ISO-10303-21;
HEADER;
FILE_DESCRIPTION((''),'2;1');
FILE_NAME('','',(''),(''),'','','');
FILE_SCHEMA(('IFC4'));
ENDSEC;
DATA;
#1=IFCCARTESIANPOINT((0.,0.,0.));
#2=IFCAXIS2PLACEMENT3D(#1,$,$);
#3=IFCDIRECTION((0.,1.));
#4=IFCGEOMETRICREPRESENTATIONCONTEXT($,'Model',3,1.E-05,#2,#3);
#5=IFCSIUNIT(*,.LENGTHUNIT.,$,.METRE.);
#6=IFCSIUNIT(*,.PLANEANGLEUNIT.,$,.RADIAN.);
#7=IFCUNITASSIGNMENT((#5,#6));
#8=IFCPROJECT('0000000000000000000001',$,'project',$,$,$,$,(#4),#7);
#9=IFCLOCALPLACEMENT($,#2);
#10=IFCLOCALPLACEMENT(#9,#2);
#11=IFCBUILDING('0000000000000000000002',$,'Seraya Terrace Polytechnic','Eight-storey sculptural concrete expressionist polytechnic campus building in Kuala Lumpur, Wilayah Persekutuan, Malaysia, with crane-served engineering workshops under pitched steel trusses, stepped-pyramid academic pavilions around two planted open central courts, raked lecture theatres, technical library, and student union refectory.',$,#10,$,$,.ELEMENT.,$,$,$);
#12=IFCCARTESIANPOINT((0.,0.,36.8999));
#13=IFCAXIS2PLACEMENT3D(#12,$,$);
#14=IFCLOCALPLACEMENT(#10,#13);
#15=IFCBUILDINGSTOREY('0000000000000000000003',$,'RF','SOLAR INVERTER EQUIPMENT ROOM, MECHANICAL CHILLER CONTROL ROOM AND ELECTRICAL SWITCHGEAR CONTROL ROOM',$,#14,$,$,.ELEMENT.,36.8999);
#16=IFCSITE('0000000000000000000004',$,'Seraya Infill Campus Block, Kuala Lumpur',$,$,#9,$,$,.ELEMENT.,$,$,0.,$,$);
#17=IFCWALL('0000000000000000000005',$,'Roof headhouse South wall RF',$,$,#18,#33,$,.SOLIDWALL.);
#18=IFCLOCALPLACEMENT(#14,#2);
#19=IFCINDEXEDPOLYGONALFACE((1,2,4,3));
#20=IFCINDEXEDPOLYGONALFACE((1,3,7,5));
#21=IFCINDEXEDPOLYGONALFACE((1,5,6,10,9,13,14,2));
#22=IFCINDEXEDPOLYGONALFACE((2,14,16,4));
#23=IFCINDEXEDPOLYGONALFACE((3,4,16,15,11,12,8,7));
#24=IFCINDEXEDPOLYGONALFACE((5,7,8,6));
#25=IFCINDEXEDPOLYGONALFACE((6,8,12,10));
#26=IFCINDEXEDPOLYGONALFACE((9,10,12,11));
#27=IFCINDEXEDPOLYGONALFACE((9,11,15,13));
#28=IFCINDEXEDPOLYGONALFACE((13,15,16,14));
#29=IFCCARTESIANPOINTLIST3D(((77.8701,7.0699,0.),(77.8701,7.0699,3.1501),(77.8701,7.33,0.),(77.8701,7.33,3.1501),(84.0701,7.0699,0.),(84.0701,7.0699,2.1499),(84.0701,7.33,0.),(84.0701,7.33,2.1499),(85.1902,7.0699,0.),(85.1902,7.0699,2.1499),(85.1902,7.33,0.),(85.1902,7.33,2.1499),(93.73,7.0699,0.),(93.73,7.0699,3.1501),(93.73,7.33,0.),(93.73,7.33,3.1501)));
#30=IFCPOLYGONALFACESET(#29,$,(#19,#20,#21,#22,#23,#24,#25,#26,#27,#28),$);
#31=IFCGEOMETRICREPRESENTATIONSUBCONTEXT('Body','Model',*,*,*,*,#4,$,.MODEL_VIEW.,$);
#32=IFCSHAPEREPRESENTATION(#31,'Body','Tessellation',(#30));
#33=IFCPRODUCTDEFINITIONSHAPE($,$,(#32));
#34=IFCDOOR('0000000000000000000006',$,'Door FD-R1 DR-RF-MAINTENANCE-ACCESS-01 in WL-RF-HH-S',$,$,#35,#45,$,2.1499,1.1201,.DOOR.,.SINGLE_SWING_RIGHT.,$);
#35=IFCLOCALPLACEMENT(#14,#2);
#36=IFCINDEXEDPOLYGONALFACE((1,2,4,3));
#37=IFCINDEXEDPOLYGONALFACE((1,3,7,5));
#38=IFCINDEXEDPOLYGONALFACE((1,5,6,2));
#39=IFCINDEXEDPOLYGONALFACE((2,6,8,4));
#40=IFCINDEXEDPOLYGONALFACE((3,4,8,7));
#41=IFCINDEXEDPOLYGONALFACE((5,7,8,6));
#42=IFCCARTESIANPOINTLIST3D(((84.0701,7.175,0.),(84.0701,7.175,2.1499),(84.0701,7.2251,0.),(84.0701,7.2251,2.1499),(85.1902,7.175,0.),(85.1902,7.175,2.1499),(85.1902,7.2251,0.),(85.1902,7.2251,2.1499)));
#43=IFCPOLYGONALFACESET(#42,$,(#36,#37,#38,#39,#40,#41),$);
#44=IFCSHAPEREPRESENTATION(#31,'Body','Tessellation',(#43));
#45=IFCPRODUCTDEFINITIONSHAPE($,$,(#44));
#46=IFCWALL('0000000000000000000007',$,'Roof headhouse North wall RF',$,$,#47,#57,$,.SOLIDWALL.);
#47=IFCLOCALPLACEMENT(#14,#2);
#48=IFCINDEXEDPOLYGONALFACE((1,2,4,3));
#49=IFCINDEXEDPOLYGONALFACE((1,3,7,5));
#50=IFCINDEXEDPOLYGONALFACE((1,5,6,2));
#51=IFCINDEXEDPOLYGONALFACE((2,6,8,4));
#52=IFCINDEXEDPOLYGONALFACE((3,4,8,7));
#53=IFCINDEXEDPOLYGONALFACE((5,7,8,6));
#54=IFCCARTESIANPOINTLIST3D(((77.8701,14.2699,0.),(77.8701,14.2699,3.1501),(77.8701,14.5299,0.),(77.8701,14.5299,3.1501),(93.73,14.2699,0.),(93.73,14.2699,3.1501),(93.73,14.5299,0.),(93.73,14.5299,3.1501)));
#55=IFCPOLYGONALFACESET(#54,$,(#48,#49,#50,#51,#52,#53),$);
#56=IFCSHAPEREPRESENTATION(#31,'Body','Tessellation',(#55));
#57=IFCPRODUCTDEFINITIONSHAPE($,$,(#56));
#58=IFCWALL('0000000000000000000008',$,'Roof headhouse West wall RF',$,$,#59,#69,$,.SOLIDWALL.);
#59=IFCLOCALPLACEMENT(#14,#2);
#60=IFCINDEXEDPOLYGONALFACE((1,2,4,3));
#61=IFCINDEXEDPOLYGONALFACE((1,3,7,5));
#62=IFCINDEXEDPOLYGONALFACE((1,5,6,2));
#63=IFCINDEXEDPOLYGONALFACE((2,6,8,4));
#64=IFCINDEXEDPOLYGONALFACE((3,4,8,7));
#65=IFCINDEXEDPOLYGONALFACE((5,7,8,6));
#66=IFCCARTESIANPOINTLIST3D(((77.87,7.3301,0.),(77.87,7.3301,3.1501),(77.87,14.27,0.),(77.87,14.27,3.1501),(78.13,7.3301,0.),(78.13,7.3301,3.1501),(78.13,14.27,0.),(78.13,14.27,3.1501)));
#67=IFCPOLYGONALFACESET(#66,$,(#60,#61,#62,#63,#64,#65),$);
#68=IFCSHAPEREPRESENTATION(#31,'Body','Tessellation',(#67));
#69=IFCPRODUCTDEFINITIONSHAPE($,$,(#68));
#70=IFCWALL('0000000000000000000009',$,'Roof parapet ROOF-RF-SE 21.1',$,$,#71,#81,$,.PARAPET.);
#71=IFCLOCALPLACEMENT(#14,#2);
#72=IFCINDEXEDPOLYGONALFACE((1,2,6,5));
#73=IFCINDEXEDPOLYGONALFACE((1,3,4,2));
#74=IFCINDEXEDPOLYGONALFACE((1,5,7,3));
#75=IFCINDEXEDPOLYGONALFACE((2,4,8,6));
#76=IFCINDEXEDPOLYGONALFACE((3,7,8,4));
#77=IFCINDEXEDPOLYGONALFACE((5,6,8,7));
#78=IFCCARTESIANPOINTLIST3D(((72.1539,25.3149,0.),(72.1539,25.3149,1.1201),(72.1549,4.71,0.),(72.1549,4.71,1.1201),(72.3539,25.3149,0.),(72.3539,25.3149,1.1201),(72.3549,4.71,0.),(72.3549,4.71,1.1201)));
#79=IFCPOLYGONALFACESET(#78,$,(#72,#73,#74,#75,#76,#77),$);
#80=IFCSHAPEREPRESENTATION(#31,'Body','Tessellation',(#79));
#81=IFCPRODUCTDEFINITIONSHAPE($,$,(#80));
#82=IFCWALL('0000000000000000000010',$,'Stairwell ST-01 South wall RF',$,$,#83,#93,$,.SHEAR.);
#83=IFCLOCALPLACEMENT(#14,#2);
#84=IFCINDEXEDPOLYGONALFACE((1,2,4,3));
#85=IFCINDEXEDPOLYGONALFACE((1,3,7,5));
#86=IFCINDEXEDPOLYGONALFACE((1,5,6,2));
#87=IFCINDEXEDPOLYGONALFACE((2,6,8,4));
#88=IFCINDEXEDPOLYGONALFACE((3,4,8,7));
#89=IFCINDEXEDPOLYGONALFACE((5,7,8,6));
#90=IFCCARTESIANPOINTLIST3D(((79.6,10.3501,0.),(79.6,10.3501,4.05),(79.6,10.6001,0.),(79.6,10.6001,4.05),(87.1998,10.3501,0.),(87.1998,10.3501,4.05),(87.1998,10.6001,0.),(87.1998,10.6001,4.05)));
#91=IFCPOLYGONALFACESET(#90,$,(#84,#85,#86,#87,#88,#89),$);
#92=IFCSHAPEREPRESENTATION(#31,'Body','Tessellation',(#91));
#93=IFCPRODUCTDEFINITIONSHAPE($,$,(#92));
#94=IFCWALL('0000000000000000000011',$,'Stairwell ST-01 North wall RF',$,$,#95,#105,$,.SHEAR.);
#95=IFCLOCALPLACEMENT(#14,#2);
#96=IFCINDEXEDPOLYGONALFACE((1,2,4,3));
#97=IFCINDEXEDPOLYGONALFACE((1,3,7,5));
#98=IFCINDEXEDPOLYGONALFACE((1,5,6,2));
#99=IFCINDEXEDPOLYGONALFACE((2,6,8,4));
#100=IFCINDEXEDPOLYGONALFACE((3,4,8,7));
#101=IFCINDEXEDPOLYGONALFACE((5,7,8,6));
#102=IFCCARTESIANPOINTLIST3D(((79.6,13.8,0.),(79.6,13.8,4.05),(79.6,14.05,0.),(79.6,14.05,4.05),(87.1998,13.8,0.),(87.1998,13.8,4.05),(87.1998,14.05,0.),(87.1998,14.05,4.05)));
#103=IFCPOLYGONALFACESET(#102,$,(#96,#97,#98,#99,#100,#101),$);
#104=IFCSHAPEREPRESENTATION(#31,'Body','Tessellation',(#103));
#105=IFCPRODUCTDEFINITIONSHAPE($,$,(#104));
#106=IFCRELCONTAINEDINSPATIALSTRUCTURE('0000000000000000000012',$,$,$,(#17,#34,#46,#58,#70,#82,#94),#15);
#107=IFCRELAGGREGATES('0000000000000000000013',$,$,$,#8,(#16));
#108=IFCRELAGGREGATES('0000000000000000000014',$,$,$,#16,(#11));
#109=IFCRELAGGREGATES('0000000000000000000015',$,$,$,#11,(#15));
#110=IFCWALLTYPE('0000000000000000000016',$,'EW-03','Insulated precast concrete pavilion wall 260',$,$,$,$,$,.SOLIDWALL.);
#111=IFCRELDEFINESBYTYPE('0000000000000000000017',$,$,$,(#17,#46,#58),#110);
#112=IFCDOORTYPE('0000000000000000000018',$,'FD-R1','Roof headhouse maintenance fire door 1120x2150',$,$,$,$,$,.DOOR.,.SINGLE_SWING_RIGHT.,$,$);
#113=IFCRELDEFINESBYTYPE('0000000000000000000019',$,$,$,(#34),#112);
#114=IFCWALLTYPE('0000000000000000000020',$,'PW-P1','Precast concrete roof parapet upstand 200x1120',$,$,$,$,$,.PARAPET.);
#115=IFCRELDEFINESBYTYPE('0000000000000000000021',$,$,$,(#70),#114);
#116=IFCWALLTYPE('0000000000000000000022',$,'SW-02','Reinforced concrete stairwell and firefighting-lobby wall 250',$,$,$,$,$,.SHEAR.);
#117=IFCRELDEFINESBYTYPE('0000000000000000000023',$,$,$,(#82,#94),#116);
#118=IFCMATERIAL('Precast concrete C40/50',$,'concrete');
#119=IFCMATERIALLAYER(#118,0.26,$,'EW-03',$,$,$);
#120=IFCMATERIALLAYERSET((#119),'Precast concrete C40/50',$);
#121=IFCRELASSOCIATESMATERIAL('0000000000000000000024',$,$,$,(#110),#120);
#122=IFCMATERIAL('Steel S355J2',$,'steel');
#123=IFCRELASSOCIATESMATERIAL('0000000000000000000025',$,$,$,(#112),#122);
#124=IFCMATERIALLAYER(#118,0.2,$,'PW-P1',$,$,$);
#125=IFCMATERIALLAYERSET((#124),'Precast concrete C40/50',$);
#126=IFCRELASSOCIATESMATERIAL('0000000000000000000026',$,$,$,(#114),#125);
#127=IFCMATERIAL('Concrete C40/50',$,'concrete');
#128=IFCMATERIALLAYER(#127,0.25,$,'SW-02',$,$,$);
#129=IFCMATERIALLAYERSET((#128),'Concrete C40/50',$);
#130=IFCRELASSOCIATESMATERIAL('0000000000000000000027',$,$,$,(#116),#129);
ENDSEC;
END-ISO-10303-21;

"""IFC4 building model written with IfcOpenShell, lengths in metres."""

from ifc_helpers import new_model, si_unit, direction, frame, frame_2d, origin, place, context, subcontext, project, spatial, rectangle, extrude, material, layer, layer_set, type_object, element, fill, save


model = new_model("IFC4")

# Units and contexts
model_context = context("Model", 3, precision=1e-05, world=origin(), true_north=direction((0.0, 1.0)))
body_context = subcontext(model_context, "Body", "Model", "MODEL_VIEW")
ifc_project = project(units=[si_unit("LENGTHUNIT", "METRE"), si_unit("PLANEANGLEUNIT", "RADIAN")], contexts=[model_context])

# Site, building, storey
site_placement = place(None, origin())
site = spatial("IfcSite", under=ifc_project, at=site_placement, Name="Seraya Infill Campus Block, Kuala Lumpur", CompositionType="ELEMENT", RefElevation=0.0)
building_placement = place(site_placement, origin())
building = spatial("IfcBuilding", under=site, at=building_placement, Name="Seraya Terrace Polytechnic", Description="Eight-storey sculptural concrete expressionist polytechnic campus building in Kuala Lumpur, Wilayah Persekutuan, Malaysia, with crane-served engineering workshops under pitched steel trusses, stepped-pyramid academic pavilions around two planted open central courts, raked lecture theatres, technical library, and student union refectory.", CompositionType="ELEMENT")
storey_placement = place(building_placement, frame((0.0, 0.0, 36.8999)))
storey = spatial("IfcBuildingStorey", under=building, at=storey_placement, Name="RF", Description="SOLAR INVERTER EQUIPMENT ROOM, MECHANICAL CHILLER CONTROL ROOM AND ELECTRICAL SWITCHGEAR CONTROL ROOM", CompositionType="ELEMENT", Elevation=36.8999)

# Shared definitions
ifc_material_1 = material(Name="Concrete C40/50", Category="concrete")

# Wall, opening, door
ifc_material_2 = material(Name="Precast concrete C40/50", Category="concrete")
ifc_layer_1 = layer(ifc_material_2, 0.26, Name="EW-03")
ifc_layer_set_1 = layer_set([ifc_layer_1], Name="Precast concrete C40/50")
wall_type_1 = type_object("IfcWallType", Name="EW-03", Description="Insulated precast concrete pavilion wall 260", PredefinedType="SOLIDWALL", material=ifc_layer_set_1)
wall_1_placement = place(storey_placement, frame((77.8701, 7.2, 0.0), z_axis=(0.0, 0.0, 1.0), x_axis=(1.0, 0.0, 0.0)))
wall_1 = element("IfcWall", 1, at=wall_1_placement, inside=storey, type_object=wall_type_1, Name="Roof headhouse South wall RF", PredefinedType="SOLIDWALL", context=body_context, shape_type="SweptSolid", body=[
    extrude(rectangle(XDim=15.8599, YDim=0.26, at=frame_2d((7.9299, 0.0))), origin(), (0.0, 0.0, 1.0), 3.1501),
])
opening_1_placement = place(wall_1_placement, frame((6.2, 0.0, 0.0)))
opening_1 = element("IfcOpeningElement", 2, at=opening_1_placement, cuts=wall_1, PredefinedType="OPENING", context=body_context, shape_type="SweptSolid", body=[
    extrude(rectangle(XDim=1.1201, YDim=2.1499, at=frame_2d((0.5601, 1.075))), frame((0.0, 0.1421, 0.0), z_axis=(0.0, -1.0, 0.0), x_axis=(1.0, 0.0, 0.0)), (0.0, 0.0, 1.0), 0.2839),
])
ifc_material_3 = material(Name="Steel S355J2", Category="steel")
door_type_1 = type_object("IfcDoorType", Name="FD-R1", Description="Roof headhouse maintenance fire door 1120x2150", OperationType="SINGLE_SWING_RIGHT", PredefinedType="DOOR", material=ifc_material_3)
door_1_placement = place(opening_1_placement, frame((1.1201, 0.0, 0.0), z_axis=(0.0, 0.0, 1.0), x_axis=(-1.0, 0.0, 0.0)))
door_1 = element("IfcDoor", 3, at=door_1_placement, inside=storey, type_object=door_type_1, Name="Door FD-R1 DR-RF-MAINTENANCE-ACCESS-01 in WL-RF-HH-S", OperationType="SINGLE_SWING_RIGHT", OverallHeight=2.1499, OverallWidth=1.1201, PredefinedType="DOOR", context=body_context, shape_type="SweptSolid", body=[
    extrude(rectangle(XDim=1.1201, YDim=2.1499, at=frame_2d((0.5601, 1.075))), frame((0.0, 0.0249, 0.0), z_axis=(0.0, -1.0, 0.0), x_axis=(1.0, 0.0, 0.0)), (0.0, 0.0, 1.0), 0.05),
])
fill(opening_1, door_1)

# Walls
wall_2_placement = place(storey_placement, frame((77.8701, 14.3999, 0.0), z_axis=(0.0, 0.0, 1.0), x_axis=(1.0, 0.0, 0.0)))
element("IfcWall", 4, at=wall_2_placement, inside=storey, type_object=wall_type_1, Name="Roof headhouse North wall RF", PredefinedType="SOLIDWALL", context=body_context, shape_type="SweptSolid", body=[
    extrude(rectangle(XDim=15.8599, YDim=0.26, at=frame_2d((7.9299, 0.0))), origin(), (0.0, 0.0, 1.0), 3.1501),
])
wall_3_placement = place(storey_placement, frame((78.0, 7.3301, 0.0), z_axis=(0.0, 0.0, 1.0), x_axis=(0.0, 1.0, 0.0)))
element("IfcWall", 5, at=wall_3_placement, inside=storey, type_object=wall_type_1, Name="Roof headhouse West wall RF", PredefinedType="SOLIDWALL", context=body_context, shape_type="SweptSolid", body=[
    extrude(rectangle(XDim=6.9399, YDim=0.26, at=frame_2d((3.47, 0.0))), origin(), (0.0, 0.0, 1.0), 3.1501),
])
ifc_layer_2 = layer(ifc_material_2, 0.2, Name="PW-P1")
ifc_layer_set_2 = layer_set([ifc_layer_2], Name="Precast concrete C40/50")
wall_type_2 = type_object("IfcWallType", Name="PW-P1", Description="Precast concrete roof parapet upstand 200x1120", PredefinedType="PARAPET", material=ifc_layer_set_2)
wall_4_placement = place(storey_placement, frame((72.2549, 4.71, 0.0), z_axis=(0.0, 0.0, 1.0), x_axis=(-0.000047, 1.0, 0.0)))
element("IfcWall", 6, at=wall_4_placement, inside=storey, type_object=wall_type_2, Name="Roof parapet ROOF-RF-SE 21.1", PredefinedType="PARAPET", context=body_context, shape_type="SweptSolid", body=[
    extrude(rectangle(XDim=20.605, YDim=0.2, at=frame_2d((10.3025, 0.0))), origin(), (0.0, 0.0, 1.0), 1.1201),
])

# Shared definitions
ifc_layer_3 = layer(ifc_material_1, 0.25, Name="SW-02")
ifc_layer_set_3 = layer_set([ifc_layer_3], Name="Concrete C40/50")
wall_type_3 = type_object("IfcWallType", Name="SW-02", Description="Reinforced concrete stairwell and firefighting-lobby wall 250", PredefinedType="SHEAR", material=ifc_layer_set_3)

# Walls
for number, where, z_axis, x_axis, name in (
    (7, (79.6001, 10.4751, 0.0), (0.0, 0.0, 1.0), (1.0, 0.0, 0.0), "Stairwell ST-01 South wall RF"),
    (8, (79.6001, 13.925, 0.0), (0.0, 0.0, 1.0), (1.0, 0.0, 0.0), "Stairwell ST-01 North wall RF"),
):
    element("IfcWall", number, at=place(storey_placement, frame(where, z_axis=z_axis, x_axis=x_axis)), inside=storey, type_object=wall_type_3, Name=name, PredefinedType="SHEAR", context=body_context, shape_type="SweptSolid", body=[
        extrude(rectangle(XDim=7.5999, YDim=0.25, at=frame_2d((3.7998, 0.0))), origin(), (0.0, 0.0, 1.0), 4.05),
    ])

save(model, "model.ifc")
